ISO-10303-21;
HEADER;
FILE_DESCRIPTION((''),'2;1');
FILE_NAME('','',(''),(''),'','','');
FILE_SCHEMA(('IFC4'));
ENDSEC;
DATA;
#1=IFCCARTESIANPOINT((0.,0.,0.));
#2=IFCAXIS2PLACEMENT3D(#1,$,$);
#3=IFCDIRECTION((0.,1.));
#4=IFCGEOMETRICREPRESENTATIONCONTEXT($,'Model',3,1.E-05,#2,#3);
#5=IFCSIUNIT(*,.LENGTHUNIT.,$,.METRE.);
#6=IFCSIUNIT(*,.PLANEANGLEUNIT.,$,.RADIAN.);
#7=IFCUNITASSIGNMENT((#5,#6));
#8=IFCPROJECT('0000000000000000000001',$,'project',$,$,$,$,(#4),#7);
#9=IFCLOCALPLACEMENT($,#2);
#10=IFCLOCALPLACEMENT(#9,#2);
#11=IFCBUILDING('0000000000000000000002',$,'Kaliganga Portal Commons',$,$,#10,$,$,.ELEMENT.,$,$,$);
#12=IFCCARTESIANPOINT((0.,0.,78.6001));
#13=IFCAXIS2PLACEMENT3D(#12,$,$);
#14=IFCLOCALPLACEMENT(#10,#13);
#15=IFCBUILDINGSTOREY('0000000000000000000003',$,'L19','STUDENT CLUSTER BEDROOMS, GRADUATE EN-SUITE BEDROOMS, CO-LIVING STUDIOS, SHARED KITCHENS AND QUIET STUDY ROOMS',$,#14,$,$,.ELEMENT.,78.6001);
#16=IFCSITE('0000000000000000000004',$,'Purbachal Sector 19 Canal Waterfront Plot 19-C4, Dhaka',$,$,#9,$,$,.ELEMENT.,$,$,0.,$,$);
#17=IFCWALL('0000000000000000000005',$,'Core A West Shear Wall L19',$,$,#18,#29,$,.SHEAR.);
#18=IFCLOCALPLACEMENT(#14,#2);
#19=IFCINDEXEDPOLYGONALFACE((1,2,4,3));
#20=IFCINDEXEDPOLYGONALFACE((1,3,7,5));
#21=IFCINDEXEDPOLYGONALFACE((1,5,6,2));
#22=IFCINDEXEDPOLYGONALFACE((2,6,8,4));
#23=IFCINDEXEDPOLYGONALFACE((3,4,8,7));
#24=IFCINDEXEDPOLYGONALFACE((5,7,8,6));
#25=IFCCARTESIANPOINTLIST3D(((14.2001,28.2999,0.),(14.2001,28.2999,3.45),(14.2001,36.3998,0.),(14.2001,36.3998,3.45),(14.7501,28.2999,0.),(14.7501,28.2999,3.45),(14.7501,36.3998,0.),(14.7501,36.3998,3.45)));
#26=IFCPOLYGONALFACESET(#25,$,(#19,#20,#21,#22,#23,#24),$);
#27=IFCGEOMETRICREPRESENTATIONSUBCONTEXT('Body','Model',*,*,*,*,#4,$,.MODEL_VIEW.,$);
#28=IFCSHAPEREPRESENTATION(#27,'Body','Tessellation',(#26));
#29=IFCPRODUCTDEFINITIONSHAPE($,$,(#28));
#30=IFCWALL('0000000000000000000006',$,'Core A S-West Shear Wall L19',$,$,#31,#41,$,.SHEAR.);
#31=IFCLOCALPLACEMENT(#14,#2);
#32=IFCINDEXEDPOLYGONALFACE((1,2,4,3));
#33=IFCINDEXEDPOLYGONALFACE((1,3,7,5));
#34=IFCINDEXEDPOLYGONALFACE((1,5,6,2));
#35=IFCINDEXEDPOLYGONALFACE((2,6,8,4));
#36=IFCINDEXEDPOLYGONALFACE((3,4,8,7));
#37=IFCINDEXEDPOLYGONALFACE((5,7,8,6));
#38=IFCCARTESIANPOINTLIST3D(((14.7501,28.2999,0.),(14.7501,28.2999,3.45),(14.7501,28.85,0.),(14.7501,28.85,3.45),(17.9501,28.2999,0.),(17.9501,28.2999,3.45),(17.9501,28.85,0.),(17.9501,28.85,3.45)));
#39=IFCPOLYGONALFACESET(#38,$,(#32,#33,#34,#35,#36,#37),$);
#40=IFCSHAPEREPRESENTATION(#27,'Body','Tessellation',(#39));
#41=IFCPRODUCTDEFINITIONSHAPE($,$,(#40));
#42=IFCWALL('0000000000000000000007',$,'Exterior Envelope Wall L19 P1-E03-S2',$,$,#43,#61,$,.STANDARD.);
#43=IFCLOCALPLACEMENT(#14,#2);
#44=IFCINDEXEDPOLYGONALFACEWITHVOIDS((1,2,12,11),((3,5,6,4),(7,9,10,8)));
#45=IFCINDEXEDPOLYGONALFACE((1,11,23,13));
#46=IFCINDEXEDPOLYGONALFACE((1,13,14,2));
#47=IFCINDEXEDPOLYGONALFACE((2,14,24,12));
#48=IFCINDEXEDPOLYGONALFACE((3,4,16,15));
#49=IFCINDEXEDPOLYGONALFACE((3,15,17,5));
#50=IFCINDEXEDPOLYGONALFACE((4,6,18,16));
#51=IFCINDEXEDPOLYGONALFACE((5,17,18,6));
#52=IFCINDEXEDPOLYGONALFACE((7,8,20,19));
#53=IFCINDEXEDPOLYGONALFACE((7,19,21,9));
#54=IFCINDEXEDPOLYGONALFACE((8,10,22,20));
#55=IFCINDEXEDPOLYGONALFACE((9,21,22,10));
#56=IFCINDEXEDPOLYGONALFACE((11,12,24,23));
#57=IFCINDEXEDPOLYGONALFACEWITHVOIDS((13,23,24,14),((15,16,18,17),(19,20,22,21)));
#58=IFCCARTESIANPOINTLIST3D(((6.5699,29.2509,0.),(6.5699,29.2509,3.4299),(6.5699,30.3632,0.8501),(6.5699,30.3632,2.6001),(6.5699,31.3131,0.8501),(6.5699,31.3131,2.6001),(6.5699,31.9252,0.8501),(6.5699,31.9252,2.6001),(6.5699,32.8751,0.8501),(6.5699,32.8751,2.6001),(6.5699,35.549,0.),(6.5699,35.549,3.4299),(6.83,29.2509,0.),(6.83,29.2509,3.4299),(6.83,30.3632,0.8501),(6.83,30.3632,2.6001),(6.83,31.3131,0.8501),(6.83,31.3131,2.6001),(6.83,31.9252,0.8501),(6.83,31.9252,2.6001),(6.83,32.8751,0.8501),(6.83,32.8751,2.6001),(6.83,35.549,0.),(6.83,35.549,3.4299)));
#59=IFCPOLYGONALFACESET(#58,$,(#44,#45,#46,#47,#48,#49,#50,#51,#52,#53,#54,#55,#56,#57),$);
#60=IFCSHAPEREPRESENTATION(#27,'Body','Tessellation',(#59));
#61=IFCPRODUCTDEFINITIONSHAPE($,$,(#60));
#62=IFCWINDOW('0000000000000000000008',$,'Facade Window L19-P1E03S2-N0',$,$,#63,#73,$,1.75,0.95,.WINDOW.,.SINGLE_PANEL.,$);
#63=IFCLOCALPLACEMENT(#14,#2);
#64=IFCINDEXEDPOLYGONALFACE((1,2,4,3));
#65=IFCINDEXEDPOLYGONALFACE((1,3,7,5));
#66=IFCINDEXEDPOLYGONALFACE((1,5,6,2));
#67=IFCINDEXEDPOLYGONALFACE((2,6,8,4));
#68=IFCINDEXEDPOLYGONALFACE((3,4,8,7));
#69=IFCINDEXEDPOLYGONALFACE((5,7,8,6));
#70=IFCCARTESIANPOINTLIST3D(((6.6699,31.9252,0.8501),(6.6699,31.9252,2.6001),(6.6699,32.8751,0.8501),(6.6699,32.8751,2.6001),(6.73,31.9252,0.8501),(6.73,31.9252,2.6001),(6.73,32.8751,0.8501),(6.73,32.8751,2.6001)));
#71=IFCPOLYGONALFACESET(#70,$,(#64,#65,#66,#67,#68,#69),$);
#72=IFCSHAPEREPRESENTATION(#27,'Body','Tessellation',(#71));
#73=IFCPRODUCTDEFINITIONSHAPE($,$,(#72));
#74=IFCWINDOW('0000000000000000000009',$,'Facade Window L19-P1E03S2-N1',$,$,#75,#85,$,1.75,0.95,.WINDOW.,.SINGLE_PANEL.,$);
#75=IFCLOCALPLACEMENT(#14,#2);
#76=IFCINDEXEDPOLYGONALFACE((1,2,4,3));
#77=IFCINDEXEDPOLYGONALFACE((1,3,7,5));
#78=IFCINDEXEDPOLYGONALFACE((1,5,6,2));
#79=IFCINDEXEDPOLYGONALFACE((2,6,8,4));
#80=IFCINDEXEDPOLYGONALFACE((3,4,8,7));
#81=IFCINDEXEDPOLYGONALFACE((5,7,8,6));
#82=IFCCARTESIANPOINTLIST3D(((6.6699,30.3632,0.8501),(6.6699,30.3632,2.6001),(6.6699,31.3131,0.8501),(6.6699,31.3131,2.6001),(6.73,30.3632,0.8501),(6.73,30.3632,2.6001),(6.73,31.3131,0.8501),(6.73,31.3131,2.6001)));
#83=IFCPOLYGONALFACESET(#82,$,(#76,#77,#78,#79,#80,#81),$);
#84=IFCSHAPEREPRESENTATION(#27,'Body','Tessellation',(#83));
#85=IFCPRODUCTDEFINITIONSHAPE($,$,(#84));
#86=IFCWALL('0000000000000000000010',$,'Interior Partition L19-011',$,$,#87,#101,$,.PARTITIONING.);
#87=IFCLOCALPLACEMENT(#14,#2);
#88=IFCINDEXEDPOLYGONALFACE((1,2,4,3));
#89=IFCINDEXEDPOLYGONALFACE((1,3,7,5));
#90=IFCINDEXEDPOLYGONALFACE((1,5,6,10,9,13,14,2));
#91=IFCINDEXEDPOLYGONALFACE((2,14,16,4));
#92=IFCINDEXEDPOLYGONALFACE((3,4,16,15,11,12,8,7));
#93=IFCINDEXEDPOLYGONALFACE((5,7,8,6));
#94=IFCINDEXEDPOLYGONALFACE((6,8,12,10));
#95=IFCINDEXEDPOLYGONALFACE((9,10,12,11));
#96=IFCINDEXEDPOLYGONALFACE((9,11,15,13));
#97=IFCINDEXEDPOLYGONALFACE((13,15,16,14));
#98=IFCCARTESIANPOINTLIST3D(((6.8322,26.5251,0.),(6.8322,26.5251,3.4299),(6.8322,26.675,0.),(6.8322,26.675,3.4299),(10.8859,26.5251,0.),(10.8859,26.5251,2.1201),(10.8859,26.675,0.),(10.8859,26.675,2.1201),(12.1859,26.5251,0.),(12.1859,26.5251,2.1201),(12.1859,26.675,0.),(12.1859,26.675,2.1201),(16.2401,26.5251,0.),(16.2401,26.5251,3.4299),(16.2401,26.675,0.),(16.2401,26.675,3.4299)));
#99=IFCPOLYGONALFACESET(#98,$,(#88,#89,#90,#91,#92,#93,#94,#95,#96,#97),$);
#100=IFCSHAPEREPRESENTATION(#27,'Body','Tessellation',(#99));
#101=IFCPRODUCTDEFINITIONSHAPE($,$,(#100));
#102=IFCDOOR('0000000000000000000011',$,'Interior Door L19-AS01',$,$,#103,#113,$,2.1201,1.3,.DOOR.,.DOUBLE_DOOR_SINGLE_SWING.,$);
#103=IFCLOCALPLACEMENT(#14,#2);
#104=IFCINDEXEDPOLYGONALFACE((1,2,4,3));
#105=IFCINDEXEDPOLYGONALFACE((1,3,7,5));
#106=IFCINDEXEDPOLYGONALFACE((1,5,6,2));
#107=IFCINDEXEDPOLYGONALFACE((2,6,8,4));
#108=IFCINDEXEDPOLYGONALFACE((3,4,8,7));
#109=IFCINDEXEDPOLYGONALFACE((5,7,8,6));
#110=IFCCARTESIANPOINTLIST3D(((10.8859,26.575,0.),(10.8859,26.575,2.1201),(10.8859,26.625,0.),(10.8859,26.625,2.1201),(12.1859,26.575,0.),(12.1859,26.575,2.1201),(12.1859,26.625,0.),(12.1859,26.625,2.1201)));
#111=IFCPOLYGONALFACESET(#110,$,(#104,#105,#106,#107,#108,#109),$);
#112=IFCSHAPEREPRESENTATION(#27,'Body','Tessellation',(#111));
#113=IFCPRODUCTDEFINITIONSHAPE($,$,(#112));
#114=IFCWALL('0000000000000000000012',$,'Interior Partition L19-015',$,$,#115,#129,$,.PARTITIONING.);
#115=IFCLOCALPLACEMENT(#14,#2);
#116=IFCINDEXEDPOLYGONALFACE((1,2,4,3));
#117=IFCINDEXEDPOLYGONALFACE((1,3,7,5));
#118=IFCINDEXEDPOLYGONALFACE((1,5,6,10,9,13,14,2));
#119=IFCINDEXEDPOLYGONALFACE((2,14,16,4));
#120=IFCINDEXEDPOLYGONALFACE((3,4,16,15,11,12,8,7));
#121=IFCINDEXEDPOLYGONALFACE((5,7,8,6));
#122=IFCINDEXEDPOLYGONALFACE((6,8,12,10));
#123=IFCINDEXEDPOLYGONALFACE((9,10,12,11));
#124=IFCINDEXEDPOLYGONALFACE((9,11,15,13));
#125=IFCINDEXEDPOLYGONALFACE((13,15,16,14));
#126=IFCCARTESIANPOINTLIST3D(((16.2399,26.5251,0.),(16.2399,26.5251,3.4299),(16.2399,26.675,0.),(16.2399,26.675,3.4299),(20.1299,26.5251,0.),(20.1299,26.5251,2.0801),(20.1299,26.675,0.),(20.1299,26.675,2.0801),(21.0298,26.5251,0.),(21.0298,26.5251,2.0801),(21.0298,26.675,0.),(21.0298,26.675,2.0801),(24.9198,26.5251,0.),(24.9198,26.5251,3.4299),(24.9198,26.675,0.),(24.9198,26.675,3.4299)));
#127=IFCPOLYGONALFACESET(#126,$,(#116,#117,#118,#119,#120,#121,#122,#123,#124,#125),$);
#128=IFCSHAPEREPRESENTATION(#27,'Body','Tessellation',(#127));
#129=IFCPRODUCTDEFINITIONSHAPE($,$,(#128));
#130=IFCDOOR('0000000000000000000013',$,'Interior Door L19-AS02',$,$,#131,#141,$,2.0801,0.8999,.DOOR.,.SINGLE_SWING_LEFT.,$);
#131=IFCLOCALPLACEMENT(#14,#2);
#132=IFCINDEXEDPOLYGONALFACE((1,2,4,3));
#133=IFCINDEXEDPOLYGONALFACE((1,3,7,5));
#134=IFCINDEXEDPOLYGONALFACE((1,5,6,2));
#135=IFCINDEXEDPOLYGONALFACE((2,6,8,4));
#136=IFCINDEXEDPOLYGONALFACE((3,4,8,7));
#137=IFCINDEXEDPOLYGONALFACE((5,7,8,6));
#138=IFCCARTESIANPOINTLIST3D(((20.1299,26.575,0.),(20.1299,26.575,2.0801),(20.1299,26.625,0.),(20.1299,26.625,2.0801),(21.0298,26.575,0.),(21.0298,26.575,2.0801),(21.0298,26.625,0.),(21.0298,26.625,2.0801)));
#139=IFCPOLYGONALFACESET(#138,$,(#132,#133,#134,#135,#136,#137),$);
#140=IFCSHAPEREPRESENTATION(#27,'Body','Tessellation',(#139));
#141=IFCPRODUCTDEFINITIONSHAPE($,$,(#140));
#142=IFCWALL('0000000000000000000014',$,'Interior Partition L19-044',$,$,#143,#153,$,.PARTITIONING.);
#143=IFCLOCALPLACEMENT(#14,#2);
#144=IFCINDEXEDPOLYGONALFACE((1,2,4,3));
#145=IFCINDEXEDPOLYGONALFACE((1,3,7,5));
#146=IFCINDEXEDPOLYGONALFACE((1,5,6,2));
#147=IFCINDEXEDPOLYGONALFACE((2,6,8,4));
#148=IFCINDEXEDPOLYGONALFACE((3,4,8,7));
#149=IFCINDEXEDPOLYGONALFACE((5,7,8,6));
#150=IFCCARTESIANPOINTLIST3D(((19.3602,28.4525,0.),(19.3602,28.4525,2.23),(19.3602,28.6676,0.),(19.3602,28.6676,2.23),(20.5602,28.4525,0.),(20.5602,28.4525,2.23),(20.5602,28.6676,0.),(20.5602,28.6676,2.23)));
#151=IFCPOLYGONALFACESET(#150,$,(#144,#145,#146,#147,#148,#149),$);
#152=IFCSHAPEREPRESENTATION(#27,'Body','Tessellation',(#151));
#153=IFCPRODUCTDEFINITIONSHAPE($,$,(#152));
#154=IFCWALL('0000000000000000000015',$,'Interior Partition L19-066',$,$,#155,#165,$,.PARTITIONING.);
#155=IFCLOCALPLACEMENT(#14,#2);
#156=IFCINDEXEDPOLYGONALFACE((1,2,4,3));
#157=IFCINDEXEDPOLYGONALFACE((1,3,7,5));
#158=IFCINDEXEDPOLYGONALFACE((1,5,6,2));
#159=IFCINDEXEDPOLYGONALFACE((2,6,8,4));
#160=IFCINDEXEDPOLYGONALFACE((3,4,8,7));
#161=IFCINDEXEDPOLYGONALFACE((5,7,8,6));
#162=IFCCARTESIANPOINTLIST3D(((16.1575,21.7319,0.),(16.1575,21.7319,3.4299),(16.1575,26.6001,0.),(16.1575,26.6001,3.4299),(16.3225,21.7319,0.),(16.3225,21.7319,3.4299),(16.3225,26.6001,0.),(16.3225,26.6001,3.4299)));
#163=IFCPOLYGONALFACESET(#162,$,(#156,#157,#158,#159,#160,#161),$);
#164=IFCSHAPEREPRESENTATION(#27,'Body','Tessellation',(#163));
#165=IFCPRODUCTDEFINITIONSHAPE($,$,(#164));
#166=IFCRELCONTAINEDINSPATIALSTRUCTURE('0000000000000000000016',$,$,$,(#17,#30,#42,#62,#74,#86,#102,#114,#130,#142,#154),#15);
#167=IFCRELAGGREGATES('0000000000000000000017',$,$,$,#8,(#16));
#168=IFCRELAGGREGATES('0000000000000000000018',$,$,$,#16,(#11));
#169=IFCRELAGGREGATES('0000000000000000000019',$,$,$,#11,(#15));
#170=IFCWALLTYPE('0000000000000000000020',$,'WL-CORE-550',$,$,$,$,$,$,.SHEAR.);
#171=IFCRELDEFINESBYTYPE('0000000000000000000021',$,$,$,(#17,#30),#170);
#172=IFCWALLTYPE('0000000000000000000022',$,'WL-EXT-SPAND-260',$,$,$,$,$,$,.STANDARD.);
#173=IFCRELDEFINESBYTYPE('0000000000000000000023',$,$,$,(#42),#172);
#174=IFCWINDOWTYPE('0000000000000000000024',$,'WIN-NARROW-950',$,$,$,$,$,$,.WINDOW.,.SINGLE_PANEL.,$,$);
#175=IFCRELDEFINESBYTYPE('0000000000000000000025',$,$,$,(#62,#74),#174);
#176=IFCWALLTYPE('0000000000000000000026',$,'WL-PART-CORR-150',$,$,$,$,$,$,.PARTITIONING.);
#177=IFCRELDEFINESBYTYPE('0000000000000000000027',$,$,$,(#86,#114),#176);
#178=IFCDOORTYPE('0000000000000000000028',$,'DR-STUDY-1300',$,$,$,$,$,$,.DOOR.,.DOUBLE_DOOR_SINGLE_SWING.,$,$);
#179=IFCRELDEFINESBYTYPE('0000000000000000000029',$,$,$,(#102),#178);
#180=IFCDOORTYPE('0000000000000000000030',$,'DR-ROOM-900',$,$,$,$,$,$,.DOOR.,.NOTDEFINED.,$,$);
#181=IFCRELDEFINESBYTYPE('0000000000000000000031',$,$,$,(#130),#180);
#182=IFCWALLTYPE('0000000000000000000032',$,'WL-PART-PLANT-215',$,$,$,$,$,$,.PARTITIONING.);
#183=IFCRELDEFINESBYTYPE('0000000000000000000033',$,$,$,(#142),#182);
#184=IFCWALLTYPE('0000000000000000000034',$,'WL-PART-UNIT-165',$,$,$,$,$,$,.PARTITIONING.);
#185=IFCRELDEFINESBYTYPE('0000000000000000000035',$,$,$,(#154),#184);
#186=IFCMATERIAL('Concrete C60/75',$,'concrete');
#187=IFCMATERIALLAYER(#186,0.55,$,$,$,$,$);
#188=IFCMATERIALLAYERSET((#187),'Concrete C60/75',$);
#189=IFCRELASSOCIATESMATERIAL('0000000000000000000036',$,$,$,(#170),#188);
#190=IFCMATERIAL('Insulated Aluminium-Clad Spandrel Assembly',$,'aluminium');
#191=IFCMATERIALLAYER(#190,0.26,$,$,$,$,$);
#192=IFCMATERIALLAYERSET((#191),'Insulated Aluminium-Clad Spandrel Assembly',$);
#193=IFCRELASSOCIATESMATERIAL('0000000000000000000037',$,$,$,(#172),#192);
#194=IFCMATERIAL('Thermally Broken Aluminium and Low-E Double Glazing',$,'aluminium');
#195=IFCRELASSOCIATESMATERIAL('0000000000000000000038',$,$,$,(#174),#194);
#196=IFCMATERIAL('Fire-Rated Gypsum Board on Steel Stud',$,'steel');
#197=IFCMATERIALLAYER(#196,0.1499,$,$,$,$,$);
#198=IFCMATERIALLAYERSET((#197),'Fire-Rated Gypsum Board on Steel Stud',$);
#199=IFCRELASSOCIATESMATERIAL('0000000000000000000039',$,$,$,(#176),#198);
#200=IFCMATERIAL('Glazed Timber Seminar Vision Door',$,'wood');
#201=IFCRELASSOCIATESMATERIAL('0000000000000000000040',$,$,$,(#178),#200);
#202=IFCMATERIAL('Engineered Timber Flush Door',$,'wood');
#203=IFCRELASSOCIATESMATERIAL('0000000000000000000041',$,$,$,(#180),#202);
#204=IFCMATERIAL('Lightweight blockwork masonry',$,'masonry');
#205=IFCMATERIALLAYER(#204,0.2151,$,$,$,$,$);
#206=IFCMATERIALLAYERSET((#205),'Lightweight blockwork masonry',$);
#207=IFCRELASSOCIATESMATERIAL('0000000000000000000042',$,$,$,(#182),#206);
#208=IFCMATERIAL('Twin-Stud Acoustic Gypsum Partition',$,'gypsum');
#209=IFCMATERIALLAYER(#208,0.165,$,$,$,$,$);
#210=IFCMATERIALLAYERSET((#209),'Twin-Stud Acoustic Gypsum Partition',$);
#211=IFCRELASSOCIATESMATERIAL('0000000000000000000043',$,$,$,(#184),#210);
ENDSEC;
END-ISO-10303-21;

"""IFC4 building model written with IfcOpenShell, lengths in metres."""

from ifc_helpers import new_model, si_unit, direction, frame, frame_2d, origin, place, context, subcontext, project, spatial, rectangle, extrude, material, layer, layer_set, type_object, element, fill, save


model = new_model("IFC4")

# Units and contexts
model_context = context("Model", 3, precision=1e-05, world=origin(), true_north=direction((0.0, 1.0)))
body_context = subcontext(model_context, "Body", "Model", "MODEL_VIEW")
ifc_project = project(units=[si_unit("LENGTHUNIT", "METRE"), si_unit("PLANEANGLEUNIT", "RADIAN")], contexts=[model_context])

# Site, building, storey
site_placement = place(None, origin())
site = spatial("IfcSite", under=ifc_project, at=site_placement, Name="Purbachal Sector 19 Canal Waterfront Plot 19-C4, Dhaka", CompositionType="ELEMENT", RefElevation=0.0)
building_placement = place(site_placement, origin())
building = spatial("IfcBuilding", under=site, at=building_placement, Name="Kaliganga Portal Commons", CompositionType="ELEMENT")
storey_placement = place(building_placement, frame((0.0, 0.0, 78.6001)))
storey = spatial("IfcBuildingStorey", under=building, at=storey_placement, Name="L19", Description="STUDENT CLUSTER BEDROOMS, GRADUATE EN-SUITE BEDROOMS, CO-LIVING STUDIOS, SHARED KITCHENS AND QUIET STUDY ROOMS", CompositionType="ELEMENT", Elevation=78.6001)

# Shared definitions
ifc_material_1 = material(Name="Concrete C60/75", Category="concrete")

# Walls
ifc_layer_1 = layer(ifc_material_1, 0.55)
ifc_layer_set_1 = layer_set([ifc_layer_1], Name="Concrete C60/75")
wall_type_1 = type_object("IfcWallType", Name="WL-CORE-550", PredefinedType="SHEAR", material=ifc_layer_set_1)
wall_1_placement = place(storey_placement, frame((14.4751, 28.3, 0.0), z_axis=(0.0, 0.0, 1.0), x_axis=(0.0, 1.0, 0.0)))
element("IfcWall", 1, at=wall_1_placement, inside=storey, type_object=wall_type_1, Name="Core A West Shear Wall L19", PredefinedType="SHEAR", context=body_context, shape_type="SweptSolid", body=[
    extrude(rectangle(XDim=8.0999, YDim=0.55, at=frame_2d((4.0498, 0.0))), origin(), (0.0, 0.0, 1.0), 3.45),
])
wall_2_placement = place(storey_placement, frame((14.75, 28.575, 0.0), z_axis=(0.0, 0.0, 1.0), x_axis=(1.0, 0.0, 0.0)))
element("IfcWall", 2, at=wall_2_placement, inside=storey, type_object=wall_type_1, Name="Core A S-West Shear Wall L19", PredefinedType="SHEAR", context=body_context, shape_type="SweptSolid", body=[
    extrude(rectangle(XDim=3.2, YDim=0.55, at=frame_2d((1.6001, 0.0))), origin(), (0.0, 0.0, 1.0), 3.45),
])

# Wall, openings, windows
ifc_material_2 = material(Name="Insulated Aluminium-Clad Spandrel Assembly", Category="aluminium")
ifc_layer_2 = layer(ifc_material_2, 0.26)
ifc_layer_set_2 = layer_set([ifc_layer_2], Name="Insulated Aluminium-Clad Spandrel Assembly")
wall_type_2 = type_object("IfcWallType", Name="WL-EXT-SPAND-260", PredefinedType="STANDARD", material=ifc_layer_set_2)
wall_3_placement = place(storey_placement, frame((6.7, 29.251, 0.0), z_axis=(0.0, 0.0, 1.0), x_axis=(0.0, 1.0, 0.0)))
wall_3 = element("IfcWall", 3, at=wall_3_placement, inside=storey, type_object=wall_type_2, Name="Exterior Envelope Wall L19 P1-E03-S2", PredefinedType="STANDARD", context=body_context, shape_type="SweptSolid", body=[
    extrude(rectangle(XDim=6.2981, YDim=0.26, at=frame_2d((3.1489, 0.0))), origin(), (0.0, 0.0, 1.0), 3.4299),
])
opening_1_placement = place(wall_3_placement, frame((2.6741, 0.0, 0.8501)))
opening_1 = element("IfcOpeningElement", 4, at=opening_1_placement, cuts=wall_3, PredefinedType="OPENING", context=body_context, shape_type="SweptSolid", body=[
    extrude(rectangle(XDim=0.95, YDim=1.75, at=frame_2d((0.4751, 0.875))), frame((0.0, 0.1401, 0.0), z_axis=(0.0, -1.0, 0.0), x_axis=(1.0, 0.0, 0.0)), (0.0, 0.0, 1.0), 0.28),
])
opening_2_placement = place(wall_3_placement, frame((1.1121, 0.0, 0.8501)))
opening_2 = element("IfcOpeningElement", 5, at=opening_2_placement, cuts=wall_3, PredefinedType="OPENING", context=body_context, shape_type="SweptSolid", body=[
    extrude(rectangle(XDim=0.95, YDim=1.75, at=frame_2d((0.4751, 0.875))), frame((0.0, 0.1401, 0.0), z_axis=(0.0, -1.0, 0.0), x_axis=(1.0, 0.0, 0.0)), (0.0, 0.0, 1.0), 0.28),
])
ifc_material_3 = material(Name="Thermally Broken Aluminium and Low-E Double Glazing", Category="aluminium")
window_type = type_object("IfcWindowType", Name="WIN-NARROW-950", PartitioningType="SINGLE_PANEL", PredefinedType="WINDOW", material=ifc_material_3)
window_1_placement = place(opening_1_placement, origin())
window_1 = element("IfcWindow", 6, at=window_1_placement, inside=storey, type_object=window_type, Name="Facade Window L19-P1E03S2-N0", OverallHeight=1.75, OverallWidth=0.95, PartitioningType="SINGLE_PANEL", PredefinedType="WINDOW", context=body_context, shape_type="SweptSolid", body=[
    extrude(rectangle(XDim=0.95, YDim=1.75, at=frame_2d((0.4751, 0.875))), frame((0.0, 0.03, 0.0), z_axis=(0.0, -1.0, 0.0), x_axis=(1.0, 0.0, 0.0)), (0.0, 0.0, 1.0), 0.0601),
])
fill(opening_1, window_1)
window_2_placement = place(opening_2_placement, origin())
window_2 = element("IfcWindow", 7, at=window_2_placement, inside=storey, type_object=window_type, Name="Facade Window L19-P1E03S2-N1", OverallHeight=1.75, OverallWidth=0.95, PartitioningType="SINGLE_PANEL", PredefinedType="WINDOW", context=body_context, shape_type="SweptSolid", body=[
    extrude(rectangle(XDim=0.95, YDim=1.75, at=frame_2d((0.4751, 0.875))), frame((0.0, 0.03, 0.0), z_axis=(0.0, -1.0, 0.0), x_axis=(1.0, 0.0, 0.0)), (0.0, 0.0, 1.0), 0.0601),
])
fill(opening_2, window_2)

# Walls, openings, doors
ifc_material_4 = material(Name="Fire-Rated Gypsum Board on Steel Stud", Category="steel")
ifc_layer_3 = layer(ifc_material_4, 0.1499)
ifc_layer_set_3 = layer_set([ifc_layer_3], Name="Fire-Rated Gypsum Board on Steel Stud")
wall_type_3 = type_object("IfcWallType", Name="WL-PART-CORR-150", PredefinedType="PARTITIONING", material=ifc_layer_set_3)
wall_4_placement = place(storey_placement, frame((6.832, 26.6001, 0.0), z_axis=(0.0, 0.0, 1.0), x_axis=(1.0, 0.0, 0.0)))
wall_4 = element("IfcWall", 8, at=wall_4_placement, inside=storey, type_object=wall_type_3, Name="Interior Partition L19-011", PredefinedType="PARTITIONING", context=body_context, shape_type="SweptSolid", body=[
    extrude(rectangle(XDim=9.408, YDim=0.1499, at=frame_2d((4.7041, 0.0))), origin(), (0.0, 0.0, 1.0), 3.4299),
])
opening_3_placement = place(wall_4_placement, frame((4.054, 0.0, 0.0)))
opening_3 = element("IfcOpeningElement", 9, at=opening_3_placement, cuts=wall_4, PredefinedType="OPENING", context=body_context, shape_type="SweptSolid", body=[
    extrude(rectangle(XDim=1.3, YDim=2.1201, at=frame_2d((0.6499, 1.0601))), frame((0.0, 0.085, 0.0), z_axis=(0.0, -1.0, 0.0), x_axis=(1.0, 0.0, 0.0)), (0.0, 0.0, 1.0), 0.1699),
])
ifc_material_5 = material(Name="Glazed Timber Seminar Vision Door", Category="wood")
door_type_1 = type_object("IfcDoorType", Name="DR-STUDY-1300", OperationType="DOUBLE_DOOR_SINGLE_SWING", PredefinedType="DOOR", material=ifc_material_5)
door_1_placement = place(opening_3_placement, origin())
door_1 = element("IfcDoor", 10, at=door_1_placement, inside=storey, type_object=door_type_1, Name="Interior Door L19-AS01", OperationType="DOUBLE_DOOR_SINGLE_SWING", OverallHeight=2.1201, OverallWidth=1.3, PredefinedType="DOOR", context=body_context, shape_type="SweptSolid", body=[
    extrude(rectangle(XDim=1.3, YDim=2.1201, at=frame_2d((0.6499, 1.0601))), frame((0.0, 0.0249, 0.0), z_axis=(0.0, -1.0, 0.0), x_axis=(1.0, 0.0, 0.0)), (0.0, 0.0, 1.0), 0.05),
])
fill(opening_3, door_1)
wall_5_placement = place(storey_placement, frame((16.24, 26.6001, 0.0), z_axis=(0.0, 0.0, 1.0), x_axis=(1.0, 0.0, 0.0)))
wall_5 = element("IfcWall", 11, at=wall_5_placement, inside=storey, type_object=wall_type_3, Name="Interior Partition L19-015", PredefinedType="PARTITIONING", context=body_context, shape_type="SweptSolid", body=[
    extrude(rectangle(XDim=8.6799, YDim=0.1499, at=frame_2d((4.3398, 0.0))), origin(), (0.0, 0.0, 1.0), 3.4299),
])
opening_4_placement = place(wall_5_placement, frame((3.8899, 0.0, 0.0)))
opening_4 = element("IfcOpeningElement", 12, at=opening_4_placement, cuts=wall_5, PredefinedType="OPENING", context=body_context, shape_type="SweptSolid", body=[
    extrude(rectangle(XDim=0.8999, YDim=2.0801, at=frame_2d((0.45, 1.04))), frame((0.0, 0.085, 0.0), z_axis=(0.0, -1.0, 0.0), x_axis=(1.0, 0.0, 0.0)), (0.0, 0.0, 1.0), 0.1699),
])
ifc_material_6 = material(Name="Engineered Timber Flush Door", Category="wood")
door_type_2 = type_object("IfcDoorType", Name="DR-ROOM-900", OperationType="NOTDEFINED", PredefinedType="DOOR", material=ifc_material_6)
door_2_placement = place(opening_4_placement, origin())
door_2 = element("IfcDoor", 13, at=door_2_placement, inside=storey, type_object=door_type_2, Name="Interior Door L19-AS02", OperationType="SINGLE_SWING_LEFT", OverallHeight=2.0801, OverallWidth=0.8999, PredefinedType="DOOR", context=body_context, shape_type="SweptSolid", body=[
    extrude(rectangle(XDim=0.8999, YDim=2.0801, at=frame_2d((0.45, 1.04))), frame((0.0, 0.0249, 0.0), z_axis=(0.0, -1.0, 0.0), x_axis=(1.0, 0.0, 0.0)), (0.0, 0.0, 1.0), 0.05),
])
fill(opening_4, door_2)
ifc_material_7 = material(Name="Lightweight blockwork masonry", Category="masonry")
ifc_layer_4 = layer(ifc_material_7, 0.2151)
ifc_layer_set_4 = layer_set([ifc_layer_4], Name="Lightweight blockwork masonry")
wall_type_4 = type_object("IfcWallType", Name="WL-PART-PLANT-215", PredefinedType="PARTITIONING", material=ifc_layer_set_4)

# Walls
wall_6_placement = place(storey_placement, frame((19.3601, 28.5601, 0.0), z_axis=(0.0, 0.0, 1.0), x_axis=(1.0, 0.0, 0.0)))
element("IfcWall", 14, at=wall_6_placement, inside=storey, type_object=wall_type_4, Name="Interior Partition L19-044", PredefinedType="PARTITIONING", context=body_context, shape_type="SweptSolid", body=[
    extrude(rectangle(XDim=1.2, YDim=0.2151, at=frame_2d((0.6001, 0.0))), origin(), (0.0, 0.0, 1.0), 2.23),
])
ifc_material_8 = material(Name="Twin-Stud Acoustic Gypsum Partition", Category="gypsum")
ifc_layer_5 = layer(ifc_material_8, 0.165)
ifc_layer_set_5 = layer_set([ifc_layer_5], Name="Twin-Stud Acoustic Gypsum Partition")
wall_type_5 = type_object("IfcWallType", Name="WL-PART-UNIT-165", PredefinedType="PARTITIONING", material=ifc_layer_set_5)
wall_7_placement = place(storey_placement, frame((16.24, 21.7319, 0.0), z_axis=(0.0, 0.0, 1.0), x_axis=(0.0, 1.0, 0.0)))
element("IfcWall", 15, at=wall_7_placement, inside=storey, type_object=wall_type_5, Name="Interior Partition L19-066", PredefinedType="PARTITIONING", context=body_context, shape_type="SweptSolid", body=[
    extrude(rectangle(XDim=4.8682, YDim=0.165, at=frame_2d((2.4341, 0.0))), origin(), (0.0, 0.0, 1.0), 3.4299),
])

save(model, "model.ifc")
